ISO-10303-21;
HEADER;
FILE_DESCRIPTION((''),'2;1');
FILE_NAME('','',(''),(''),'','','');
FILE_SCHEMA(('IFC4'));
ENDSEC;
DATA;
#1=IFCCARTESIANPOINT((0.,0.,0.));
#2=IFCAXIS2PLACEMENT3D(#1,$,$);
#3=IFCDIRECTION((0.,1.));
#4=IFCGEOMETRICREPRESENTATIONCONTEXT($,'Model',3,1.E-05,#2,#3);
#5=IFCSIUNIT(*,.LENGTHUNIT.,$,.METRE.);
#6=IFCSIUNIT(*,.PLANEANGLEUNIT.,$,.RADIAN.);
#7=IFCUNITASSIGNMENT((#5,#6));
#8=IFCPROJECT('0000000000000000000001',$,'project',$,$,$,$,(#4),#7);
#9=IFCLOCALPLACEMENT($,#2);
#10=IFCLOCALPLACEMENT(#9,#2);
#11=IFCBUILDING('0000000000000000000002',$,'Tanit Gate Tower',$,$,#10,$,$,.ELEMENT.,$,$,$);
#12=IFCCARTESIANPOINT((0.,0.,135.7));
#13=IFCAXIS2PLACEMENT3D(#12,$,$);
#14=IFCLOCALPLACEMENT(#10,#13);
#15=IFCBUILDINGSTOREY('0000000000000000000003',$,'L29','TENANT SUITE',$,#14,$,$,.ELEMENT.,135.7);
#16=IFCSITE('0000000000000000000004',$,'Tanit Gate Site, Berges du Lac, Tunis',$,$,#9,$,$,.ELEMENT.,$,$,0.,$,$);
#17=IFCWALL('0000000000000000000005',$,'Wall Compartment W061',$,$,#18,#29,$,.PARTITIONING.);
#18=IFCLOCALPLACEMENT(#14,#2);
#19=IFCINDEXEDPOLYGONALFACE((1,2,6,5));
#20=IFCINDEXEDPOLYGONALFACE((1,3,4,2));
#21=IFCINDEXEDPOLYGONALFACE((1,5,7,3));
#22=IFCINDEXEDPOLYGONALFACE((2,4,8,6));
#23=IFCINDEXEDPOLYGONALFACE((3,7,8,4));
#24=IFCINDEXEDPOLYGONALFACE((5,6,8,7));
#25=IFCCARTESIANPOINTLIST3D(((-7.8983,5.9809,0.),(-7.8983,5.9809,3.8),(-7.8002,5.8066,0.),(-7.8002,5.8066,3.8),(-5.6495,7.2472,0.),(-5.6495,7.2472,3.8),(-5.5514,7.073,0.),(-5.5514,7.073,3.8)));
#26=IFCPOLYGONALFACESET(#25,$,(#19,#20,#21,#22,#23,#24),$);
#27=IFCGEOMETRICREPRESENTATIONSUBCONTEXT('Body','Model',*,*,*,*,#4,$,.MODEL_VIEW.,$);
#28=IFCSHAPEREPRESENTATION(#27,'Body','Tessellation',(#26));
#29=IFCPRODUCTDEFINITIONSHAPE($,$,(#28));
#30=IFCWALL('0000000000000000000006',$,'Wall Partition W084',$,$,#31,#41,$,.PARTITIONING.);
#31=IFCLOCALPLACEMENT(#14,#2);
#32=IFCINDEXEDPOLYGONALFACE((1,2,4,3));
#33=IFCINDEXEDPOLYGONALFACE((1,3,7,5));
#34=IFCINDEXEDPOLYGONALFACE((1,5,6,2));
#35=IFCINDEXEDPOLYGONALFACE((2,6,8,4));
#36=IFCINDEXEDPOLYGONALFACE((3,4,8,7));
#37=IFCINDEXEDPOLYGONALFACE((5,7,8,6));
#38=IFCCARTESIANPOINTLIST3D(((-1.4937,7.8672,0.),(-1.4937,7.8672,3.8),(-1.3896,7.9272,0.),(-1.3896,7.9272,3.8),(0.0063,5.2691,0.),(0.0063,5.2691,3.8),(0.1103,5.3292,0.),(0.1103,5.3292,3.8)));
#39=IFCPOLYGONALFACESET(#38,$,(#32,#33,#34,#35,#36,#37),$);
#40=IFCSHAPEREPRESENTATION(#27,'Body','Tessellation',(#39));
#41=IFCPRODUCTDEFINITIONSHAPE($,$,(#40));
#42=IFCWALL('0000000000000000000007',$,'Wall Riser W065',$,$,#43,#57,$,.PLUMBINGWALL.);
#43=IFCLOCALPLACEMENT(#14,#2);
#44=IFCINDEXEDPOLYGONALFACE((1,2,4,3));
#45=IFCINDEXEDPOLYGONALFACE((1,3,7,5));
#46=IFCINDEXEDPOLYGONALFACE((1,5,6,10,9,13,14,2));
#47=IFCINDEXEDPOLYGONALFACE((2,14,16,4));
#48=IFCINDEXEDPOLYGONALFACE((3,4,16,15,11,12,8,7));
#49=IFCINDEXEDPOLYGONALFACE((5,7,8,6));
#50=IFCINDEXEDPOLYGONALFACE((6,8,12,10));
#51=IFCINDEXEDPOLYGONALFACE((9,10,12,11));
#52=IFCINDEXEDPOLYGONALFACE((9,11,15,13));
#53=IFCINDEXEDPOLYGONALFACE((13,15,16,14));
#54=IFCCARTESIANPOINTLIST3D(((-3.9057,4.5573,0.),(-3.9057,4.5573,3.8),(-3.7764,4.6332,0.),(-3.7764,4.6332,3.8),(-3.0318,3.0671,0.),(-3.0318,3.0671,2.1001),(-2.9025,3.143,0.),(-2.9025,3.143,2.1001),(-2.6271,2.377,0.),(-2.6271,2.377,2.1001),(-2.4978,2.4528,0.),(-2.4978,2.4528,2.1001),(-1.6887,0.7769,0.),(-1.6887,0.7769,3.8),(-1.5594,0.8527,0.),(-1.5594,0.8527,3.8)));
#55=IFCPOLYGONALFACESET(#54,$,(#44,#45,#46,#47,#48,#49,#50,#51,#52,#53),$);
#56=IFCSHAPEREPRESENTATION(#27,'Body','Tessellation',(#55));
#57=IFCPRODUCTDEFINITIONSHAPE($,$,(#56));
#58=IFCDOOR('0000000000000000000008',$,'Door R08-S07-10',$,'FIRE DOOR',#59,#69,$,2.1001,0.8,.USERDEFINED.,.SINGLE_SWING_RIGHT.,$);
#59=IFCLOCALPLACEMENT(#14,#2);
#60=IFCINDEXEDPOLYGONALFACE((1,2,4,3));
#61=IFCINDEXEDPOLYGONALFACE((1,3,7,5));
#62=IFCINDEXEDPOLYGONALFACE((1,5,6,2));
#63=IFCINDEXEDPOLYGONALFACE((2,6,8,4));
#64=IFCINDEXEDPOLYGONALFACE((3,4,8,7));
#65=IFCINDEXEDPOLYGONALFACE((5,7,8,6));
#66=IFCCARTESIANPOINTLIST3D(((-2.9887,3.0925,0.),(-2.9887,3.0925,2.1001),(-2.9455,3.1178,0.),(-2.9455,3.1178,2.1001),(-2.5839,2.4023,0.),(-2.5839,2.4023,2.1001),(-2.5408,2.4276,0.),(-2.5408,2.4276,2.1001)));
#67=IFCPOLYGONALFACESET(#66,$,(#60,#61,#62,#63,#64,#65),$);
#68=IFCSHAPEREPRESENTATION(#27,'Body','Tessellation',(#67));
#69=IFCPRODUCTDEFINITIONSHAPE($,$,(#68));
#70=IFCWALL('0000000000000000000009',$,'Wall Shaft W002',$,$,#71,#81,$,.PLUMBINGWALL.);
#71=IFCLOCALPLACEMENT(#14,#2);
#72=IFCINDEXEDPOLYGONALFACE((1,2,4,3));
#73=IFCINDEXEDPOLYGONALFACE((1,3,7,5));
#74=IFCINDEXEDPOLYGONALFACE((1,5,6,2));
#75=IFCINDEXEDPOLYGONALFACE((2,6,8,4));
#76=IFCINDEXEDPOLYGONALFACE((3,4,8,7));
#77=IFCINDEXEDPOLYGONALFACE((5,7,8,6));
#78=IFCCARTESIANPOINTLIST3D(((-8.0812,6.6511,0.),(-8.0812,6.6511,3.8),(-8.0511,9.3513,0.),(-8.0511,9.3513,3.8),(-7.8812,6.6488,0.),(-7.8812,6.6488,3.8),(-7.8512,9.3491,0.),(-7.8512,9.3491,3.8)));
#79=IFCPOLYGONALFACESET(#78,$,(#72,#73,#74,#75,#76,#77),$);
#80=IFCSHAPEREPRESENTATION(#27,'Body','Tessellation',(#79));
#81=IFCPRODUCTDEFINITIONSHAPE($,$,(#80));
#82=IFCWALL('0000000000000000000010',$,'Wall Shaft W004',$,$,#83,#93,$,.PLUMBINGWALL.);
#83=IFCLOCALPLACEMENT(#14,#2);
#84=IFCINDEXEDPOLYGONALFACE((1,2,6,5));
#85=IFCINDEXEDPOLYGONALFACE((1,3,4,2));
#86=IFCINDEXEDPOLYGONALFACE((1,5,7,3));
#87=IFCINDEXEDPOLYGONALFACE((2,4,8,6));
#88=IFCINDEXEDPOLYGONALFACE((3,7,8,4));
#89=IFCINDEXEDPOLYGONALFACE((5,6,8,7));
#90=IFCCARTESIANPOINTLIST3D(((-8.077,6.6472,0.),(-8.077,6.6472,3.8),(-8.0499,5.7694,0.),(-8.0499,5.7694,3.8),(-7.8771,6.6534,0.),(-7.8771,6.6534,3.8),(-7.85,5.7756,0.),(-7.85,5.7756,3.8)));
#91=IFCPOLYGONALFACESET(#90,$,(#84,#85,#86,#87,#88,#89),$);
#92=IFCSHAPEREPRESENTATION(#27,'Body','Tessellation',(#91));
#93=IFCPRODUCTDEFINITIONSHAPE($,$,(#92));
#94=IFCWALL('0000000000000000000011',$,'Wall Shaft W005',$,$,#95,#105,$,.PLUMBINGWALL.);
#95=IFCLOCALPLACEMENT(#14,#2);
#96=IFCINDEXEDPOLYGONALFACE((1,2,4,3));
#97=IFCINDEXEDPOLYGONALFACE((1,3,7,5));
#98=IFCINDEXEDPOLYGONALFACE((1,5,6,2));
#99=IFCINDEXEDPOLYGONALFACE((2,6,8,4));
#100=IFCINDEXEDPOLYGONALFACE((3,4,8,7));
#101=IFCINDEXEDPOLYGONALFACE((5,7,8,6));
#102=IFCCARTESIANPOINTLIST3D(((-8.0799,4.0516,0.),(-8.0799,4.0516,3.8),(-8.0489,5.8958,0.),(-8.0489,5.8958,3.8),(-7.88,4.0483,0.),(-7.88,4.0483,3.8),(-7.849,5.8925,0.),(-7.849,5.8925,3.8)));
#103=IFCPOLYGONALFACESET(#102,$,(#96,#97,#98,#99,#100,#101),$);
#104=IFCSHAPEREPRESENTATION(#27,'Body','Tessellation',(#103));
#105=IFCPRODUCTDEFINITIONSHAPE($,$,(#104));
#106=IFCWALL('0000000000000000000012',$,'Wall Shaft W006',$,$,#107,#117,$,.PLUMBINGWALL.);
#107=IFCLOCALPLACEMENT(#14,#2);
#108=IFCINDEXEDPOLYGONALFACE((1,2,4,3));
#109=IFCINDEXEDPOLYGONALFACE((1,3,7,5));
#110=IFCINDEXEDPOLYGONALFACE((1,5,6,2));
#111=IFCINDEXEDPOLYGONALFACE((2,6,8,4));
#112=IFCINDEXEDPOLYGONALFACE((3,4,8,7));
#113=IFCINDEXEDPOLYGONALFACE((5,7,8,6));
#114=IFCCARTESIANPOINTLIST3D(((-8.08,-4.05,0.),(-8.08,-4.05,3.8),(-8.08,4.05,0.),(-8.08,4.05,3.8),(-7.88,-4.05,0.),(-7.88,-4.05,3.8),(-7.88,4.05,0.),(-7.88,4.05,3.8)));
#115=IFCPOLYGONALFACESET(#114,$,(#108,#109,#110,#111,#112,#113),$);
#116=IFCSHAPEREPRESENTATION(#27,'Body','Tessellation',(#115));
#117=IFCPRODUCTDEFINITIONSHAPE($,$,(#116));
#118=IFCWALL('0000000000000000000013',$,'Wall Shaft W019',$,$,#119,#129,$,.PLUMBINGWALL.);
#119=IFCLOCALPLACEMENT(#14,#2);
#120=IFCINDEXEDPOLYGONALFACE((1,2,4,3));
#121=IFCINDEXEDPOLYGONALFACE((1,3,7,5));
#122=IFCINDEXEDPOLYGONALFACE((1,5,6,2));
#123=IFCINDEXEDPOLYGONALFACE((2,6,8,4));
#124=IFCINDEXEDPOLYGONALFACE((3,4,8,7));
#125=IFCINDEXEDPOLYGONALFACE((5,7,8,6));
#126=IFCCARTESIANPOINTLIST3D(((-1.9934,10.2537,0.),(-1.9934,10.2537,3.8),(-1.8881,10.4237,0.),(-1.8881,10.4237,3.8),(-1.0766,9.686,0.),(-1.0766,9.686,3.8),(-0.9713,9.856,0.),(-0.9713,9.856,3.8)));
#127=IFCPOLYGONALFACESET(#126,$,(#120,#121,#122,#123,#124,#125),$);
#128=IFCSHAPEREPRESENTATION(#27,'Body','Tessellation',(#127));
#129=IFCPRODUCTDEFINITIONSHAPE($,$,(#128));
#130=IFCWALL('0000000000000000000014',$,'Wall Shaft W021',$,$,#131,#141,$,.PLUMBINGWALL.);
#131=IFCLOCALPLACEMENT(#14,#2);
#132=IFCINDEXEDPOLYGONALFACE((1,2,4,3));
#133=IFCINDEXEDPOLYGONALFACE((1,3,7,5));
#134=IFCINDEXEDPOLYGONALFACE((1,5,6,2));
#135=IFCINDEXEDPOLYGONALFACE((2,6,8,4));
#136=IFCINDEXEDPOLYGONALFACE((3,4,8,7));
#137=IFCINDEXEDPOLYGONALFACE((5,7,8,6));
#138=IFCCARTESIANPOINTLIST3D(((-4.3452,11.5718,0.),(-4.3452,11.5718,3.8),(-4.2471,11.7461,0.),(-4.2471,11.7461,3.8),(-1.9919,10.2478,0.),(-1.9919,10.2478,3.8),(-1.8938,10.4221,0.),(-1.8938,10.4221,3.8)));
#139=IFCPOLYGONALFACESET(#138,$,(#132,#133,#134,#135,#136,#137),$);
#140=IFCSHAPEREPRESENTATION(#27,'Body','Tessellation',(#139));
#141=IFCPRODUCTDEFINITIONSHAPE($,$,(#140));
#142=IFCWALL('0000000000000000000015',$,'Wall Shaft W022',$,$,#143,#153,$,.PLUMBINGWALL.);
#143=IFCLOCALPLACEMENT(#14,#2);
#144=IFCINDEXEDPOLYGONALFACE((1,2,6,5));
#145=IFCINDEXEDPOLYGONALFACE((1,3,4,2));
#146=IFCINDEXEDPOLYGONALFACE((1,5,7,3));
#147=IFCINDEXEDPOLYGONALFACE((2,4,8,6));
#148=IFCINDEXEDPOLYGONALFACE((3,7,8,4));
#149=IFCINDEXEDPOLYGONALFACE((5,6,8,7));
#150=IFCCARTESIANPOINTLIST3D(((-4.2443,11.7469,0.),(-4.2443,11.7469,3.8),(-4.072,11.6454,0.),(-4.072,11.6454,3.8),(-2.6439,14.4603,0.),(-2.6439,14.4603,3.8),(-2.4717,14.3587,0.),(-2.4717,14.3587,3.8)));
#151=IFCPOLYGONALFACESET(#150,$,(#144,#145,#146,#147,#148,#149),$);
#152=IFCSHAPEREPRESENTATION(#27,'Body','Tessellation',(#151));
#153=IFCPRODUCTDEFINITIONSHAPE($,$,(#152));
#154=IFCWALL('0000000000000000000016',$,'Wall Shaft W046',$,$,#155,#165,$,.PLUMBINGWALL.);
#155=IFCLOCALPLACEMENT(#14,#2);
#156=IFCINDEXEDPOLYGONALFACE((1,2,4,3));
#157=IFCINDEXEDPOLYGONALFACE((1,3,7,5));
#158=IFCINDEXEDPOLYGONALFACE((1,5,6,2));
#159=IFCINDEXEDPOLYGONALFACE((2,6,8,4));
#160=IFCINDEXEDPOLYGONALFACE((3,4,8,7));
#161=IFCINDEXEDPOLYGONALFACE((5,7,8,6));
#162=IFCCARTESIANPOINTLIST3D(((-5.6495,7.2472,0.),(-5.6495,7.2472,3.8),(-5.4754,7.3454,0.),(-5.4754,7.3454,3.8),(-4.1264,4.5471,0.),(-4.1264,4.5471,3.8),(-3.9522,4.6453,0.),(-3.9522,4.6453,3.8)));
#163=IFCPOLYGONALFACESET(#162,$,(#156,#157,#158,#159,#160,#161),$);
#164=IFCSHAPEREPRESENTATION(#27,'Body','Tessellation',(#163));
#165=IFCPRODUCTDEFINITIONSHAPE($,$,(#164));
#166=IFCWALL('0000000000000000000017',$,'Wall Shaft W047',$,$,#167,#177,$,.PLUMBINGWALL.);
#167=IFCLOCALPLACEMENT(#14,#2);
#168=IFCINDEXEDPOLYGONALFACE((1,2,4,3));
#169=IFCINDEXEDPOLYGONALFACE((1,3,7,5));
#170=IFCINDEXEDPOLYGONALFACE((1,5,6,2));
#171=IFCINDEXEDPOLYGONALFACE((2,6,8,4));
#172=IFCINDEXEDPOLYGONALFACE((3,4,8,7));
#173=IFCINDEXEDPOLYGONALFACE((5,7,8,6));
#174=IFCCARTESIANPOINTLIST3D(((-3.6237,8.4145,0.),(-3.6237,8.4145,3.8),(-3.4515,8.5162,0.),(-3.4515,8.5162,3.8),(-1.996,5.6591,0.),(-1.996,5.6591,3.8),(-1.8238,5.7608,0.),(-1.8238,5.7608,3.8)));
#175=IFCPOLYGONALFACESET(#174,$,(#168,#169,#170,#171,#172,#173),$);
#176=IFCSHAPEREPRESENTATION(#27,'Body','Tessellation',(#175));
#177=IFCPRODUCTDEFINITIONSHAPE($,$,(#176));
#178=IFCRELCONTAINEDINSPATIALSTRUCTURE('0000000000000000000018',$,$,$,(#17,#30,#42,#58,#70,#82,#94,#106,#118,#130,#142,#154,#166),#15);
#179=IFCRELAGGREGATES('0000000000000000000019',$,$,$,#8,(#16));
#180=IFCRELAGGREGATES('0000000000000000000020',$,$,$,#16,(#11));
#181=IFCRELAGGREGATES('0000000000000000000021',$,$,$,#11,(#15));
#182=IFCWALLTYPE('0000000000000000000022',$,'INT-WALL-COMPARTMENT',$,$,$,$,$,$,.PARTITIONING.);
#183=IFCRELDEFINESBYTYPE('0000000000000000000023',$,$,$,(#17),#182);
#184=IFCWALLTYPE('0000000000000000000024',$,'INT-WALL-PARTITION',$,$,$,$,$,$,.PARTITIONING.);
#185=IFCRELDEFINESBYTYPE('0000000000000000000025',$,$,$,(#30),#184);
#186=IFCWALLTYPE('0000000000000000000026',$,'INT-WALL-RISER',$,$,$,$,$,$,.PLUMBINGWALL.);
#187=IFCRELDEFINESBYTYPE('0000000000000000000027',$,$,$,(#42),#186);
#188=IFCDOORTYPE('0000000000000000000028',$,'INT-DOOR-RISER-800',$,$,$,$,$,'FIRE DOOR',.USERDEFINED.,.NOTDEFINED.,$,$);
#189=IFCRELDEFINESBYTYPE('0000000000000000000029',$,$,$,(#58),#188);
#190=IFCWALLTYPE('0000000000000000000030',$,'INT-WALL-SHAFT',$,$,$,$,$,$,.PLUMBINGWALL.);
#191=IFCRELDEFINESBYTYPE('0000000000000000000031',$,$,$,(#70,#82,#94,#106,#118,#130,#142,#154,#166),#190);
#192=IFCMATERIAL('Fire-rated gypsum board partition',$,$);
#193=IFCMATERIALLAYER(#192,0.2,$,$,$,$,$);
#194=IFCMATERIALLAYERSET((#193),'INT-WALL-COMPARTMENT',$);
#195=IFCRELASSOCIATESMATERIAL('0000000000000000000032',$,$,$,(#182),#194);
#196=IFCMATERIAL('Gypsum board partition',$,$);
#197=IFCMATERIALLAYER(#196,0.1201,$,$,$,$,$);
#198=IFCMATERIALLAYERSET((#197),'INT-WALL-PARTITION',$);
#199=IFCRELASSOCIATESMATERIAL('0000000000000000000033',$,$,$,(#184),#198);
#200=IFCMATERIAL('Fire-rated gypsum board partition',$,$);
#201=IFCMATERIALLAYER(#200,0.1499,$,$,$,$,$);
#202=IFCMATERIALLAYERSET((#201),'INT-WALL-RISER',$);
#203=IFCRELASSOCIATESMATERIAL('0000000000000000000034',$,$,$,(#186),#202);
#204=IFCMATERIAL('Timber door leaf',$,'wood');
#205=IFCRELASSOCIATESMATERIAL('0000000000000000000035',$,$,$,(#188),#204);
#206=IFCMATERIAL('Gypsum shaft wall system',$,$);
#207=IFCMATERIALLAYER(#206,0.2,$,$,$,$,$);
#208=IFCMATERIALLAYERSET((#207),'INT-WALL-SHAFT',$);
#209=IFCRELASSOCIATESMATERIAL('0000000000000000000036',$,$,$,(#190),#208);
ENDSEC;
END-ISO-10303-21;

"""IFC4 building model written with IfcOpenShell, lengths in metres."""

from ifc_helpers import new_model, si_unit, direction, frame, frame_2d, origin, place, context, subcontext, project, spatial, rectangle, extrude, material, layer, layer_set, type_object, element, fill, save


model = new_model("IFC4")

# Units and contexts
model_context = context("Model", 3, precision=1e-05, world=origin(), true_north=direction((0.0, 1.0)))
body_context = subcontext(model_context, "Body", "Model", "MODEL_VIEW")
ifc_project = project(units=[si_unit("LENGTHUNIT", "METRE"), si_unit("PLANEANGLEUNIT", "RADIAN")], contexts=[model_context])

# Site, building, storey
site_placement = place(None, origin())
site = spatial("IfcSite", under=ifc_project, at=site_placement, Name="Tanit Gate Site, Berges du Lac, Tunis", CompositionType="ELEMENT", RefElevation=0.0)
building_placement = place(site_placement, origin())
building = spatial("IfcBuilding", under=site, at=building_placement, Name="Tanit Gate Tower", CompositionType="ELEMENT")
storey_placement = place(building_placement, frame((0.0, 0.0, 135.7)))
storey = spatial("IfcBuildingStorey", under=building, at=storey_placement, Name="L29", Description="TENANT SUITE", CompositionType="ELEMENT", Elevation=135.7)

# Walls
ifc_material_1 = material(Name="Fire-rated gypsum board partition")
ifc_layer_1 = layer(ifc_material_1, 0.2)
ifc_layer_set_1 = layer_set([ifc_layer_1], Name="INT-WALL-COMPARTMENT")
wall_type_1 = type_object("IfcWallType", Name="INT-WALL-COMPARTMENT", PredefinedType="PARTITIONING", material=ifc_layer_set_1)
wall_1_placement = place(storey_placement, frame((-5.6003, 7.1602, 0.0), z_axis=(0.0, 0.0, 1.0), x_axis=(-0.87134, -0.490679, 0.0)))
element("IfcWall", 1, at=wall_1_placement, inside=storey, type_object=wall_type_1, Name="Wall Compartment W061", PredefinedType="PARTITIONING", context=body_context, shape_type="SweptSolid", body=[
    extrude(rectangle(XDim=2.5808, YDim=0.2, at=frame_2d((1.2905, 0.0))), origin(), (0.0, 0.0, 1.0), 3.8),
])
ifc_material_2 = material(Name="Gypsum board partition")
ifc_layer_2 = layer(ifc_material_2, 0.1201)
ifc_layer_set_2 = layer_set([ifc_layer_2], Name="INT-WALL-PARTITION")
wall_type_2 = type_object("IfcWallType", Name="INT-WALL-PARTITION", PredefinedType="PARTITIONING", material=ifc_layer_set_2)
wall_2_placement = place(storey_placement, frame((-1.4417, 7.8972, 0.0), z_axis=(0.0, 0.0, 1.0), x_axis=(0.49999, -0.866031, 0.0)))
element("IfcWall", 2, at=wall_2_placement, inside=storey, type_object=wall_type_2, Name="Wall Partition W084", PredefinedType="PARTITIONING", context=body_context, shape_type="SweptSolid", body=[
    extrude(rectangle(XDim=3.0, YDim=0.1201, at=frame_2d((1.5, 0.0))), origin(), (0.0, 0.0, 1.0), 3.8),
])

# Wall, opening, door
ifc_material_3 = material(Name="Fire-rated gypsum board partition")
ifc_layer_3 = layer(ifc_material_3, 0.1499)
ifc_layer_set_3 = layer_set([ifc_layer_3], Name="INT-WALL-RISER")
wall_type_3 = type_object("IfcWallType", Name="INT-WALL-RISER", PredefinedType="PLUMBINGWALL", material=ifc_layer_set_3)
wall_3_placement = place(storey_placement, frame((-1.624, 0.8147, 0.0), z_axis=(0.0, 0.0, 1.0), x_axis=(-0.505868, 0.862611, 0.0)))
wall_3 = element("IfcWall", 3, at=wall_3_placement, inside=storey, type_object=wall_type_3, Name="Wall Riser W065", PredefinedType="PLUMBINGWALL", context=body_context, shape_type="SweptSolid", body=[
    extrude(rectangle(XDim=4.3826, YDim=0.1499, at=frame_2d((2.1914, 0.0))), origin(), (0.0, 0.0, 1.0), 3.8),
])
opening_1_placement = place(wall_3_placement, frame((1.8552, 0.0, 0.0)))
opening_1 = element("IfcOpeningElement", 4, at=opening_1_placement, cuts=wall_3, PredefinedType="OPENING", context=body_context, shape_type="SweptSolid", body=[
    extrude(rectangle(XDim=0.8, YDim=2.1001, at=frame_2d((0.3999, 1.05))), frame((0.0, 0.085, 0.0), z_axis=(0.0, -1.0, 0.0), x_axis=(1.0, 0.0, 0.0)), (0.0, 0.0, 1.0), 0.1699),
])
ifc_material_4 = material(Name="Timber door leaf", Category="wood")
door_type_1 = type_object("IfcDoorType", Name="INT-DOOR-RISER-800", ElementType="FIRE DOOR", OperationType="NOTDEFINED", PredefinedType="USERDEFINED", material=ifc_material_4)
door_1_placement = place(opening_1_placement, origin())
door_1 = element("IfcDoor", 5, at=door_1_placement, inside=storey, type_object=door_type_1, Name="Door R08-S07-10", ObjectType="FIRE DOOR", OperationType="SINGLE_SWING_RIGHT", OverallHeight=2.1001, OverallWidth=0.8, PredefinedType="USERDEFINED", context=body_context, shape_type="SweptSolid", body=[
    extrude(rectangle(XDim=0.8, YDim=2.1001, at=frame_2d((0.3999, 1.05))), frame((0.0, 0.0249, 0.0), z_axis=(0.0, -1.0, 0.0), x_axis=(1.0, 0.0, 0.0)), (0.0, 0.0, 1.0), 0.05),
])
fill(opening_1, door_1)

# Walls
ifc_material_5 = material(Name="Gypsum shaft wall system")
ifc_layer_4 = layer(ifc_material_5, 0.2)
ifc_layer_set_4 = layer_set([ifc_layer_4], Name="INT-WALL-SHAFT")
wall_type_4 = type_object("IfcWallType", Name="INT-WALL-SHAFT", PredefinedType="PLUMBINGWALL", material=ifc_layer_set_4)
wall_4_placement = place(storey_placement, frame((-7.9512, 9.3501, 0.0), z_axis=(0.0, 0.0, 1.0), x_axis=(-0.01112, -0.999938, 0.0)))
element("IfcWall", 6, at=wall_4_placement, inside=storey, type_object=wall_type_4, Name="Wall Shaft W002", PredefinedType="PLUMBINGWALL", context=body_context, shape_type="SweptSolid", body=[
    extrude(rectangle(XDim=2.7004, YDim=0.2, at=frame_2d((1.3501, 0.0))), origin(), (0.0, 0.0, 1.0), 3.8),
])
wall_5_placement = place(storey_placement, frame((-7.9771, 6.6501, 0.0), z_axis=(0.0, 0.0, 1.0), x_axis=(0.030862, -0.999524, 0.0)))
element("IfcWall", 7, at=wall_5_placement, inside=storey, type_object=wall_type_4, Name="Wall Shaft W004", PredefinedType="PLUMBINGWALL", context=body_context, shape_type="SweptSolid", body=[
    extrude(rectangle(XDim=0.8782, YDim=0.2, at=frame_2d((0.439, 0.0))), origin(), (0.0, 0.0, 1.0), 3.8),
])
wall_6_placement = place(storey_placement, frame((-7.949, 5.8943, 0.0), z_axis=(0.0, 0.0, 1.0), x_axis=(-0.01681, -0.999859, 0.0)))
element("IfcWall", 8, at=wall_6_placement, inside=storey, type_object=wall_type_4, Name="Wall Shaft W005", PredefinedType="PLUMBINGWALL", context=body_context, shape_type="SweptSolid", body=[
    extrude(rectangle(XDim=1.8445, YDim=0.2, at=frame_2d((0.9224, 0.0))), origin(), (0.0, 0.0, 1.0), 3.8),
])
wall_7_placement = place(storey_placement, frame((-7.98, 4.05, 0.0), z_axis=(0.0, 0.0, 1.0), x_axis=(0.0, -1.0, 0.0)))
element("IfcWall", 9, at=wall_7_placement, inside=storey, type_object=wall_type_4, Name="Wall Shaft W006", PredefinedType="PLUMBINGWALL", context=body_context, shape_type="SweptSolid", body=[
    extrude(rectangle(XDim=8.1001, YDim=0.2, at=frame_2d((4.05, 0.0))), origin(), (0.0, 0.0, 1.0), 3.8),
])
wall_8_placement = place(storey_placement, frame((-1.9407, 10.3386, 0.0), z_axis=(0.0, 0.0, 1.0), x_axis=(0.850217, -0.526433, 0.0)))
element("IfcWall", 10, at=wall_8_placement, inside=storey, type_object=wall_type_4, Name="Wall Shaft W019", PredefinedType="PLUMBINGWALL", context=body_context, shape_type="SweptSolid", body=[
    extrude(rectangle(XDim=1.0784, YDim=0.2, at=frame_2d((0.5391, 0.0))), origin(), (0.0, 0.0, 1.0), 3.8),
])
wall_9_placement = place(storey_placement, frame((-4.2961, 11.6589, 0.0), z_axis=(0.0, 0.0, 1.0), x_axis=(0.871534, -0.490334, 0.0)))
element("IfcWall", 11, at=wall_9_placement, inside=storey, type_object=wall_type_4, Name="Wall Shaft W021", PredefinedType="PLUMBINGWALL", context=body_context, shape_type="SweptSolid", body=[
    extrude(rectangle(XDim=2.7002, YDim=0.2, at=frame_2d((1.3501, 0.0))), origin(), (0.0, 0.0, 1.0), 3.8),
])
wall_10_placement = place(storey_placement, frame((-4.1582, 11.696, 0.0), z_axis=(0.0, 0.0, 1.0), x_axis=(0.508019, 0.861346, 0.0)))
element("IfcWall", 12, at=wall_10_placement, inside=storey, type_object=wall_type_4, Name="Wall Shaft W022", PredefinedType="PLUMBINGWALL", context=body_context, shape_type="SweptSolid", body=[
    extrude(rectangle(XDim=3.1501, YDim=0.2, at=frame_2d((1.5752, 0.0))), origin(), (0.0, 0.0, 1.0), 3.8),
])

# Walls
wall_11_placement = place(storey_placement, frame((-4.0393, 4.5962, 0.0), z_axis=(0.0, 0.0, 1.0), x_axis=(-0.491323, 0.870978, 0.0)))
element("IfcWall", 13, at=wall_11_placement, inside=storey, type_object=wall_type_4, Name="Wall Shaft W046", PredefinedType="PLUMBINGWALL", context=body_context, shape_type="SweptSolid", body=[
    extrude(rectangle(XDim=3.1001, YDim=0.2, at=frame_2d((1.55, 0.0))), origin(), (0.0, 0.0, 1.0), 3.8),
])
wall_12_placement = place(storey_placement, frame((-3.5376, 8.4653, 0.0), z_axis=(0.0, 0.0, 1.0), x_axis=(0.508616, -0.860993, 0.0)))
element("IfcWall", 14, at=wall_12_placement, inside=storey, type_object=wall_type_4, Name="Wall Shaft W047", PredefinedType="PLUMBINGWALL", context=body_context, shape_type="SweptSolid", body=[
    extrude(rectangle(XDim=3.2002, YDim=0.2, at=frame_2d((1.6001, 0.0))), origin(), (0.0, 0.0, 1.0), 3.8),
])

save(model, "model.ifc")
